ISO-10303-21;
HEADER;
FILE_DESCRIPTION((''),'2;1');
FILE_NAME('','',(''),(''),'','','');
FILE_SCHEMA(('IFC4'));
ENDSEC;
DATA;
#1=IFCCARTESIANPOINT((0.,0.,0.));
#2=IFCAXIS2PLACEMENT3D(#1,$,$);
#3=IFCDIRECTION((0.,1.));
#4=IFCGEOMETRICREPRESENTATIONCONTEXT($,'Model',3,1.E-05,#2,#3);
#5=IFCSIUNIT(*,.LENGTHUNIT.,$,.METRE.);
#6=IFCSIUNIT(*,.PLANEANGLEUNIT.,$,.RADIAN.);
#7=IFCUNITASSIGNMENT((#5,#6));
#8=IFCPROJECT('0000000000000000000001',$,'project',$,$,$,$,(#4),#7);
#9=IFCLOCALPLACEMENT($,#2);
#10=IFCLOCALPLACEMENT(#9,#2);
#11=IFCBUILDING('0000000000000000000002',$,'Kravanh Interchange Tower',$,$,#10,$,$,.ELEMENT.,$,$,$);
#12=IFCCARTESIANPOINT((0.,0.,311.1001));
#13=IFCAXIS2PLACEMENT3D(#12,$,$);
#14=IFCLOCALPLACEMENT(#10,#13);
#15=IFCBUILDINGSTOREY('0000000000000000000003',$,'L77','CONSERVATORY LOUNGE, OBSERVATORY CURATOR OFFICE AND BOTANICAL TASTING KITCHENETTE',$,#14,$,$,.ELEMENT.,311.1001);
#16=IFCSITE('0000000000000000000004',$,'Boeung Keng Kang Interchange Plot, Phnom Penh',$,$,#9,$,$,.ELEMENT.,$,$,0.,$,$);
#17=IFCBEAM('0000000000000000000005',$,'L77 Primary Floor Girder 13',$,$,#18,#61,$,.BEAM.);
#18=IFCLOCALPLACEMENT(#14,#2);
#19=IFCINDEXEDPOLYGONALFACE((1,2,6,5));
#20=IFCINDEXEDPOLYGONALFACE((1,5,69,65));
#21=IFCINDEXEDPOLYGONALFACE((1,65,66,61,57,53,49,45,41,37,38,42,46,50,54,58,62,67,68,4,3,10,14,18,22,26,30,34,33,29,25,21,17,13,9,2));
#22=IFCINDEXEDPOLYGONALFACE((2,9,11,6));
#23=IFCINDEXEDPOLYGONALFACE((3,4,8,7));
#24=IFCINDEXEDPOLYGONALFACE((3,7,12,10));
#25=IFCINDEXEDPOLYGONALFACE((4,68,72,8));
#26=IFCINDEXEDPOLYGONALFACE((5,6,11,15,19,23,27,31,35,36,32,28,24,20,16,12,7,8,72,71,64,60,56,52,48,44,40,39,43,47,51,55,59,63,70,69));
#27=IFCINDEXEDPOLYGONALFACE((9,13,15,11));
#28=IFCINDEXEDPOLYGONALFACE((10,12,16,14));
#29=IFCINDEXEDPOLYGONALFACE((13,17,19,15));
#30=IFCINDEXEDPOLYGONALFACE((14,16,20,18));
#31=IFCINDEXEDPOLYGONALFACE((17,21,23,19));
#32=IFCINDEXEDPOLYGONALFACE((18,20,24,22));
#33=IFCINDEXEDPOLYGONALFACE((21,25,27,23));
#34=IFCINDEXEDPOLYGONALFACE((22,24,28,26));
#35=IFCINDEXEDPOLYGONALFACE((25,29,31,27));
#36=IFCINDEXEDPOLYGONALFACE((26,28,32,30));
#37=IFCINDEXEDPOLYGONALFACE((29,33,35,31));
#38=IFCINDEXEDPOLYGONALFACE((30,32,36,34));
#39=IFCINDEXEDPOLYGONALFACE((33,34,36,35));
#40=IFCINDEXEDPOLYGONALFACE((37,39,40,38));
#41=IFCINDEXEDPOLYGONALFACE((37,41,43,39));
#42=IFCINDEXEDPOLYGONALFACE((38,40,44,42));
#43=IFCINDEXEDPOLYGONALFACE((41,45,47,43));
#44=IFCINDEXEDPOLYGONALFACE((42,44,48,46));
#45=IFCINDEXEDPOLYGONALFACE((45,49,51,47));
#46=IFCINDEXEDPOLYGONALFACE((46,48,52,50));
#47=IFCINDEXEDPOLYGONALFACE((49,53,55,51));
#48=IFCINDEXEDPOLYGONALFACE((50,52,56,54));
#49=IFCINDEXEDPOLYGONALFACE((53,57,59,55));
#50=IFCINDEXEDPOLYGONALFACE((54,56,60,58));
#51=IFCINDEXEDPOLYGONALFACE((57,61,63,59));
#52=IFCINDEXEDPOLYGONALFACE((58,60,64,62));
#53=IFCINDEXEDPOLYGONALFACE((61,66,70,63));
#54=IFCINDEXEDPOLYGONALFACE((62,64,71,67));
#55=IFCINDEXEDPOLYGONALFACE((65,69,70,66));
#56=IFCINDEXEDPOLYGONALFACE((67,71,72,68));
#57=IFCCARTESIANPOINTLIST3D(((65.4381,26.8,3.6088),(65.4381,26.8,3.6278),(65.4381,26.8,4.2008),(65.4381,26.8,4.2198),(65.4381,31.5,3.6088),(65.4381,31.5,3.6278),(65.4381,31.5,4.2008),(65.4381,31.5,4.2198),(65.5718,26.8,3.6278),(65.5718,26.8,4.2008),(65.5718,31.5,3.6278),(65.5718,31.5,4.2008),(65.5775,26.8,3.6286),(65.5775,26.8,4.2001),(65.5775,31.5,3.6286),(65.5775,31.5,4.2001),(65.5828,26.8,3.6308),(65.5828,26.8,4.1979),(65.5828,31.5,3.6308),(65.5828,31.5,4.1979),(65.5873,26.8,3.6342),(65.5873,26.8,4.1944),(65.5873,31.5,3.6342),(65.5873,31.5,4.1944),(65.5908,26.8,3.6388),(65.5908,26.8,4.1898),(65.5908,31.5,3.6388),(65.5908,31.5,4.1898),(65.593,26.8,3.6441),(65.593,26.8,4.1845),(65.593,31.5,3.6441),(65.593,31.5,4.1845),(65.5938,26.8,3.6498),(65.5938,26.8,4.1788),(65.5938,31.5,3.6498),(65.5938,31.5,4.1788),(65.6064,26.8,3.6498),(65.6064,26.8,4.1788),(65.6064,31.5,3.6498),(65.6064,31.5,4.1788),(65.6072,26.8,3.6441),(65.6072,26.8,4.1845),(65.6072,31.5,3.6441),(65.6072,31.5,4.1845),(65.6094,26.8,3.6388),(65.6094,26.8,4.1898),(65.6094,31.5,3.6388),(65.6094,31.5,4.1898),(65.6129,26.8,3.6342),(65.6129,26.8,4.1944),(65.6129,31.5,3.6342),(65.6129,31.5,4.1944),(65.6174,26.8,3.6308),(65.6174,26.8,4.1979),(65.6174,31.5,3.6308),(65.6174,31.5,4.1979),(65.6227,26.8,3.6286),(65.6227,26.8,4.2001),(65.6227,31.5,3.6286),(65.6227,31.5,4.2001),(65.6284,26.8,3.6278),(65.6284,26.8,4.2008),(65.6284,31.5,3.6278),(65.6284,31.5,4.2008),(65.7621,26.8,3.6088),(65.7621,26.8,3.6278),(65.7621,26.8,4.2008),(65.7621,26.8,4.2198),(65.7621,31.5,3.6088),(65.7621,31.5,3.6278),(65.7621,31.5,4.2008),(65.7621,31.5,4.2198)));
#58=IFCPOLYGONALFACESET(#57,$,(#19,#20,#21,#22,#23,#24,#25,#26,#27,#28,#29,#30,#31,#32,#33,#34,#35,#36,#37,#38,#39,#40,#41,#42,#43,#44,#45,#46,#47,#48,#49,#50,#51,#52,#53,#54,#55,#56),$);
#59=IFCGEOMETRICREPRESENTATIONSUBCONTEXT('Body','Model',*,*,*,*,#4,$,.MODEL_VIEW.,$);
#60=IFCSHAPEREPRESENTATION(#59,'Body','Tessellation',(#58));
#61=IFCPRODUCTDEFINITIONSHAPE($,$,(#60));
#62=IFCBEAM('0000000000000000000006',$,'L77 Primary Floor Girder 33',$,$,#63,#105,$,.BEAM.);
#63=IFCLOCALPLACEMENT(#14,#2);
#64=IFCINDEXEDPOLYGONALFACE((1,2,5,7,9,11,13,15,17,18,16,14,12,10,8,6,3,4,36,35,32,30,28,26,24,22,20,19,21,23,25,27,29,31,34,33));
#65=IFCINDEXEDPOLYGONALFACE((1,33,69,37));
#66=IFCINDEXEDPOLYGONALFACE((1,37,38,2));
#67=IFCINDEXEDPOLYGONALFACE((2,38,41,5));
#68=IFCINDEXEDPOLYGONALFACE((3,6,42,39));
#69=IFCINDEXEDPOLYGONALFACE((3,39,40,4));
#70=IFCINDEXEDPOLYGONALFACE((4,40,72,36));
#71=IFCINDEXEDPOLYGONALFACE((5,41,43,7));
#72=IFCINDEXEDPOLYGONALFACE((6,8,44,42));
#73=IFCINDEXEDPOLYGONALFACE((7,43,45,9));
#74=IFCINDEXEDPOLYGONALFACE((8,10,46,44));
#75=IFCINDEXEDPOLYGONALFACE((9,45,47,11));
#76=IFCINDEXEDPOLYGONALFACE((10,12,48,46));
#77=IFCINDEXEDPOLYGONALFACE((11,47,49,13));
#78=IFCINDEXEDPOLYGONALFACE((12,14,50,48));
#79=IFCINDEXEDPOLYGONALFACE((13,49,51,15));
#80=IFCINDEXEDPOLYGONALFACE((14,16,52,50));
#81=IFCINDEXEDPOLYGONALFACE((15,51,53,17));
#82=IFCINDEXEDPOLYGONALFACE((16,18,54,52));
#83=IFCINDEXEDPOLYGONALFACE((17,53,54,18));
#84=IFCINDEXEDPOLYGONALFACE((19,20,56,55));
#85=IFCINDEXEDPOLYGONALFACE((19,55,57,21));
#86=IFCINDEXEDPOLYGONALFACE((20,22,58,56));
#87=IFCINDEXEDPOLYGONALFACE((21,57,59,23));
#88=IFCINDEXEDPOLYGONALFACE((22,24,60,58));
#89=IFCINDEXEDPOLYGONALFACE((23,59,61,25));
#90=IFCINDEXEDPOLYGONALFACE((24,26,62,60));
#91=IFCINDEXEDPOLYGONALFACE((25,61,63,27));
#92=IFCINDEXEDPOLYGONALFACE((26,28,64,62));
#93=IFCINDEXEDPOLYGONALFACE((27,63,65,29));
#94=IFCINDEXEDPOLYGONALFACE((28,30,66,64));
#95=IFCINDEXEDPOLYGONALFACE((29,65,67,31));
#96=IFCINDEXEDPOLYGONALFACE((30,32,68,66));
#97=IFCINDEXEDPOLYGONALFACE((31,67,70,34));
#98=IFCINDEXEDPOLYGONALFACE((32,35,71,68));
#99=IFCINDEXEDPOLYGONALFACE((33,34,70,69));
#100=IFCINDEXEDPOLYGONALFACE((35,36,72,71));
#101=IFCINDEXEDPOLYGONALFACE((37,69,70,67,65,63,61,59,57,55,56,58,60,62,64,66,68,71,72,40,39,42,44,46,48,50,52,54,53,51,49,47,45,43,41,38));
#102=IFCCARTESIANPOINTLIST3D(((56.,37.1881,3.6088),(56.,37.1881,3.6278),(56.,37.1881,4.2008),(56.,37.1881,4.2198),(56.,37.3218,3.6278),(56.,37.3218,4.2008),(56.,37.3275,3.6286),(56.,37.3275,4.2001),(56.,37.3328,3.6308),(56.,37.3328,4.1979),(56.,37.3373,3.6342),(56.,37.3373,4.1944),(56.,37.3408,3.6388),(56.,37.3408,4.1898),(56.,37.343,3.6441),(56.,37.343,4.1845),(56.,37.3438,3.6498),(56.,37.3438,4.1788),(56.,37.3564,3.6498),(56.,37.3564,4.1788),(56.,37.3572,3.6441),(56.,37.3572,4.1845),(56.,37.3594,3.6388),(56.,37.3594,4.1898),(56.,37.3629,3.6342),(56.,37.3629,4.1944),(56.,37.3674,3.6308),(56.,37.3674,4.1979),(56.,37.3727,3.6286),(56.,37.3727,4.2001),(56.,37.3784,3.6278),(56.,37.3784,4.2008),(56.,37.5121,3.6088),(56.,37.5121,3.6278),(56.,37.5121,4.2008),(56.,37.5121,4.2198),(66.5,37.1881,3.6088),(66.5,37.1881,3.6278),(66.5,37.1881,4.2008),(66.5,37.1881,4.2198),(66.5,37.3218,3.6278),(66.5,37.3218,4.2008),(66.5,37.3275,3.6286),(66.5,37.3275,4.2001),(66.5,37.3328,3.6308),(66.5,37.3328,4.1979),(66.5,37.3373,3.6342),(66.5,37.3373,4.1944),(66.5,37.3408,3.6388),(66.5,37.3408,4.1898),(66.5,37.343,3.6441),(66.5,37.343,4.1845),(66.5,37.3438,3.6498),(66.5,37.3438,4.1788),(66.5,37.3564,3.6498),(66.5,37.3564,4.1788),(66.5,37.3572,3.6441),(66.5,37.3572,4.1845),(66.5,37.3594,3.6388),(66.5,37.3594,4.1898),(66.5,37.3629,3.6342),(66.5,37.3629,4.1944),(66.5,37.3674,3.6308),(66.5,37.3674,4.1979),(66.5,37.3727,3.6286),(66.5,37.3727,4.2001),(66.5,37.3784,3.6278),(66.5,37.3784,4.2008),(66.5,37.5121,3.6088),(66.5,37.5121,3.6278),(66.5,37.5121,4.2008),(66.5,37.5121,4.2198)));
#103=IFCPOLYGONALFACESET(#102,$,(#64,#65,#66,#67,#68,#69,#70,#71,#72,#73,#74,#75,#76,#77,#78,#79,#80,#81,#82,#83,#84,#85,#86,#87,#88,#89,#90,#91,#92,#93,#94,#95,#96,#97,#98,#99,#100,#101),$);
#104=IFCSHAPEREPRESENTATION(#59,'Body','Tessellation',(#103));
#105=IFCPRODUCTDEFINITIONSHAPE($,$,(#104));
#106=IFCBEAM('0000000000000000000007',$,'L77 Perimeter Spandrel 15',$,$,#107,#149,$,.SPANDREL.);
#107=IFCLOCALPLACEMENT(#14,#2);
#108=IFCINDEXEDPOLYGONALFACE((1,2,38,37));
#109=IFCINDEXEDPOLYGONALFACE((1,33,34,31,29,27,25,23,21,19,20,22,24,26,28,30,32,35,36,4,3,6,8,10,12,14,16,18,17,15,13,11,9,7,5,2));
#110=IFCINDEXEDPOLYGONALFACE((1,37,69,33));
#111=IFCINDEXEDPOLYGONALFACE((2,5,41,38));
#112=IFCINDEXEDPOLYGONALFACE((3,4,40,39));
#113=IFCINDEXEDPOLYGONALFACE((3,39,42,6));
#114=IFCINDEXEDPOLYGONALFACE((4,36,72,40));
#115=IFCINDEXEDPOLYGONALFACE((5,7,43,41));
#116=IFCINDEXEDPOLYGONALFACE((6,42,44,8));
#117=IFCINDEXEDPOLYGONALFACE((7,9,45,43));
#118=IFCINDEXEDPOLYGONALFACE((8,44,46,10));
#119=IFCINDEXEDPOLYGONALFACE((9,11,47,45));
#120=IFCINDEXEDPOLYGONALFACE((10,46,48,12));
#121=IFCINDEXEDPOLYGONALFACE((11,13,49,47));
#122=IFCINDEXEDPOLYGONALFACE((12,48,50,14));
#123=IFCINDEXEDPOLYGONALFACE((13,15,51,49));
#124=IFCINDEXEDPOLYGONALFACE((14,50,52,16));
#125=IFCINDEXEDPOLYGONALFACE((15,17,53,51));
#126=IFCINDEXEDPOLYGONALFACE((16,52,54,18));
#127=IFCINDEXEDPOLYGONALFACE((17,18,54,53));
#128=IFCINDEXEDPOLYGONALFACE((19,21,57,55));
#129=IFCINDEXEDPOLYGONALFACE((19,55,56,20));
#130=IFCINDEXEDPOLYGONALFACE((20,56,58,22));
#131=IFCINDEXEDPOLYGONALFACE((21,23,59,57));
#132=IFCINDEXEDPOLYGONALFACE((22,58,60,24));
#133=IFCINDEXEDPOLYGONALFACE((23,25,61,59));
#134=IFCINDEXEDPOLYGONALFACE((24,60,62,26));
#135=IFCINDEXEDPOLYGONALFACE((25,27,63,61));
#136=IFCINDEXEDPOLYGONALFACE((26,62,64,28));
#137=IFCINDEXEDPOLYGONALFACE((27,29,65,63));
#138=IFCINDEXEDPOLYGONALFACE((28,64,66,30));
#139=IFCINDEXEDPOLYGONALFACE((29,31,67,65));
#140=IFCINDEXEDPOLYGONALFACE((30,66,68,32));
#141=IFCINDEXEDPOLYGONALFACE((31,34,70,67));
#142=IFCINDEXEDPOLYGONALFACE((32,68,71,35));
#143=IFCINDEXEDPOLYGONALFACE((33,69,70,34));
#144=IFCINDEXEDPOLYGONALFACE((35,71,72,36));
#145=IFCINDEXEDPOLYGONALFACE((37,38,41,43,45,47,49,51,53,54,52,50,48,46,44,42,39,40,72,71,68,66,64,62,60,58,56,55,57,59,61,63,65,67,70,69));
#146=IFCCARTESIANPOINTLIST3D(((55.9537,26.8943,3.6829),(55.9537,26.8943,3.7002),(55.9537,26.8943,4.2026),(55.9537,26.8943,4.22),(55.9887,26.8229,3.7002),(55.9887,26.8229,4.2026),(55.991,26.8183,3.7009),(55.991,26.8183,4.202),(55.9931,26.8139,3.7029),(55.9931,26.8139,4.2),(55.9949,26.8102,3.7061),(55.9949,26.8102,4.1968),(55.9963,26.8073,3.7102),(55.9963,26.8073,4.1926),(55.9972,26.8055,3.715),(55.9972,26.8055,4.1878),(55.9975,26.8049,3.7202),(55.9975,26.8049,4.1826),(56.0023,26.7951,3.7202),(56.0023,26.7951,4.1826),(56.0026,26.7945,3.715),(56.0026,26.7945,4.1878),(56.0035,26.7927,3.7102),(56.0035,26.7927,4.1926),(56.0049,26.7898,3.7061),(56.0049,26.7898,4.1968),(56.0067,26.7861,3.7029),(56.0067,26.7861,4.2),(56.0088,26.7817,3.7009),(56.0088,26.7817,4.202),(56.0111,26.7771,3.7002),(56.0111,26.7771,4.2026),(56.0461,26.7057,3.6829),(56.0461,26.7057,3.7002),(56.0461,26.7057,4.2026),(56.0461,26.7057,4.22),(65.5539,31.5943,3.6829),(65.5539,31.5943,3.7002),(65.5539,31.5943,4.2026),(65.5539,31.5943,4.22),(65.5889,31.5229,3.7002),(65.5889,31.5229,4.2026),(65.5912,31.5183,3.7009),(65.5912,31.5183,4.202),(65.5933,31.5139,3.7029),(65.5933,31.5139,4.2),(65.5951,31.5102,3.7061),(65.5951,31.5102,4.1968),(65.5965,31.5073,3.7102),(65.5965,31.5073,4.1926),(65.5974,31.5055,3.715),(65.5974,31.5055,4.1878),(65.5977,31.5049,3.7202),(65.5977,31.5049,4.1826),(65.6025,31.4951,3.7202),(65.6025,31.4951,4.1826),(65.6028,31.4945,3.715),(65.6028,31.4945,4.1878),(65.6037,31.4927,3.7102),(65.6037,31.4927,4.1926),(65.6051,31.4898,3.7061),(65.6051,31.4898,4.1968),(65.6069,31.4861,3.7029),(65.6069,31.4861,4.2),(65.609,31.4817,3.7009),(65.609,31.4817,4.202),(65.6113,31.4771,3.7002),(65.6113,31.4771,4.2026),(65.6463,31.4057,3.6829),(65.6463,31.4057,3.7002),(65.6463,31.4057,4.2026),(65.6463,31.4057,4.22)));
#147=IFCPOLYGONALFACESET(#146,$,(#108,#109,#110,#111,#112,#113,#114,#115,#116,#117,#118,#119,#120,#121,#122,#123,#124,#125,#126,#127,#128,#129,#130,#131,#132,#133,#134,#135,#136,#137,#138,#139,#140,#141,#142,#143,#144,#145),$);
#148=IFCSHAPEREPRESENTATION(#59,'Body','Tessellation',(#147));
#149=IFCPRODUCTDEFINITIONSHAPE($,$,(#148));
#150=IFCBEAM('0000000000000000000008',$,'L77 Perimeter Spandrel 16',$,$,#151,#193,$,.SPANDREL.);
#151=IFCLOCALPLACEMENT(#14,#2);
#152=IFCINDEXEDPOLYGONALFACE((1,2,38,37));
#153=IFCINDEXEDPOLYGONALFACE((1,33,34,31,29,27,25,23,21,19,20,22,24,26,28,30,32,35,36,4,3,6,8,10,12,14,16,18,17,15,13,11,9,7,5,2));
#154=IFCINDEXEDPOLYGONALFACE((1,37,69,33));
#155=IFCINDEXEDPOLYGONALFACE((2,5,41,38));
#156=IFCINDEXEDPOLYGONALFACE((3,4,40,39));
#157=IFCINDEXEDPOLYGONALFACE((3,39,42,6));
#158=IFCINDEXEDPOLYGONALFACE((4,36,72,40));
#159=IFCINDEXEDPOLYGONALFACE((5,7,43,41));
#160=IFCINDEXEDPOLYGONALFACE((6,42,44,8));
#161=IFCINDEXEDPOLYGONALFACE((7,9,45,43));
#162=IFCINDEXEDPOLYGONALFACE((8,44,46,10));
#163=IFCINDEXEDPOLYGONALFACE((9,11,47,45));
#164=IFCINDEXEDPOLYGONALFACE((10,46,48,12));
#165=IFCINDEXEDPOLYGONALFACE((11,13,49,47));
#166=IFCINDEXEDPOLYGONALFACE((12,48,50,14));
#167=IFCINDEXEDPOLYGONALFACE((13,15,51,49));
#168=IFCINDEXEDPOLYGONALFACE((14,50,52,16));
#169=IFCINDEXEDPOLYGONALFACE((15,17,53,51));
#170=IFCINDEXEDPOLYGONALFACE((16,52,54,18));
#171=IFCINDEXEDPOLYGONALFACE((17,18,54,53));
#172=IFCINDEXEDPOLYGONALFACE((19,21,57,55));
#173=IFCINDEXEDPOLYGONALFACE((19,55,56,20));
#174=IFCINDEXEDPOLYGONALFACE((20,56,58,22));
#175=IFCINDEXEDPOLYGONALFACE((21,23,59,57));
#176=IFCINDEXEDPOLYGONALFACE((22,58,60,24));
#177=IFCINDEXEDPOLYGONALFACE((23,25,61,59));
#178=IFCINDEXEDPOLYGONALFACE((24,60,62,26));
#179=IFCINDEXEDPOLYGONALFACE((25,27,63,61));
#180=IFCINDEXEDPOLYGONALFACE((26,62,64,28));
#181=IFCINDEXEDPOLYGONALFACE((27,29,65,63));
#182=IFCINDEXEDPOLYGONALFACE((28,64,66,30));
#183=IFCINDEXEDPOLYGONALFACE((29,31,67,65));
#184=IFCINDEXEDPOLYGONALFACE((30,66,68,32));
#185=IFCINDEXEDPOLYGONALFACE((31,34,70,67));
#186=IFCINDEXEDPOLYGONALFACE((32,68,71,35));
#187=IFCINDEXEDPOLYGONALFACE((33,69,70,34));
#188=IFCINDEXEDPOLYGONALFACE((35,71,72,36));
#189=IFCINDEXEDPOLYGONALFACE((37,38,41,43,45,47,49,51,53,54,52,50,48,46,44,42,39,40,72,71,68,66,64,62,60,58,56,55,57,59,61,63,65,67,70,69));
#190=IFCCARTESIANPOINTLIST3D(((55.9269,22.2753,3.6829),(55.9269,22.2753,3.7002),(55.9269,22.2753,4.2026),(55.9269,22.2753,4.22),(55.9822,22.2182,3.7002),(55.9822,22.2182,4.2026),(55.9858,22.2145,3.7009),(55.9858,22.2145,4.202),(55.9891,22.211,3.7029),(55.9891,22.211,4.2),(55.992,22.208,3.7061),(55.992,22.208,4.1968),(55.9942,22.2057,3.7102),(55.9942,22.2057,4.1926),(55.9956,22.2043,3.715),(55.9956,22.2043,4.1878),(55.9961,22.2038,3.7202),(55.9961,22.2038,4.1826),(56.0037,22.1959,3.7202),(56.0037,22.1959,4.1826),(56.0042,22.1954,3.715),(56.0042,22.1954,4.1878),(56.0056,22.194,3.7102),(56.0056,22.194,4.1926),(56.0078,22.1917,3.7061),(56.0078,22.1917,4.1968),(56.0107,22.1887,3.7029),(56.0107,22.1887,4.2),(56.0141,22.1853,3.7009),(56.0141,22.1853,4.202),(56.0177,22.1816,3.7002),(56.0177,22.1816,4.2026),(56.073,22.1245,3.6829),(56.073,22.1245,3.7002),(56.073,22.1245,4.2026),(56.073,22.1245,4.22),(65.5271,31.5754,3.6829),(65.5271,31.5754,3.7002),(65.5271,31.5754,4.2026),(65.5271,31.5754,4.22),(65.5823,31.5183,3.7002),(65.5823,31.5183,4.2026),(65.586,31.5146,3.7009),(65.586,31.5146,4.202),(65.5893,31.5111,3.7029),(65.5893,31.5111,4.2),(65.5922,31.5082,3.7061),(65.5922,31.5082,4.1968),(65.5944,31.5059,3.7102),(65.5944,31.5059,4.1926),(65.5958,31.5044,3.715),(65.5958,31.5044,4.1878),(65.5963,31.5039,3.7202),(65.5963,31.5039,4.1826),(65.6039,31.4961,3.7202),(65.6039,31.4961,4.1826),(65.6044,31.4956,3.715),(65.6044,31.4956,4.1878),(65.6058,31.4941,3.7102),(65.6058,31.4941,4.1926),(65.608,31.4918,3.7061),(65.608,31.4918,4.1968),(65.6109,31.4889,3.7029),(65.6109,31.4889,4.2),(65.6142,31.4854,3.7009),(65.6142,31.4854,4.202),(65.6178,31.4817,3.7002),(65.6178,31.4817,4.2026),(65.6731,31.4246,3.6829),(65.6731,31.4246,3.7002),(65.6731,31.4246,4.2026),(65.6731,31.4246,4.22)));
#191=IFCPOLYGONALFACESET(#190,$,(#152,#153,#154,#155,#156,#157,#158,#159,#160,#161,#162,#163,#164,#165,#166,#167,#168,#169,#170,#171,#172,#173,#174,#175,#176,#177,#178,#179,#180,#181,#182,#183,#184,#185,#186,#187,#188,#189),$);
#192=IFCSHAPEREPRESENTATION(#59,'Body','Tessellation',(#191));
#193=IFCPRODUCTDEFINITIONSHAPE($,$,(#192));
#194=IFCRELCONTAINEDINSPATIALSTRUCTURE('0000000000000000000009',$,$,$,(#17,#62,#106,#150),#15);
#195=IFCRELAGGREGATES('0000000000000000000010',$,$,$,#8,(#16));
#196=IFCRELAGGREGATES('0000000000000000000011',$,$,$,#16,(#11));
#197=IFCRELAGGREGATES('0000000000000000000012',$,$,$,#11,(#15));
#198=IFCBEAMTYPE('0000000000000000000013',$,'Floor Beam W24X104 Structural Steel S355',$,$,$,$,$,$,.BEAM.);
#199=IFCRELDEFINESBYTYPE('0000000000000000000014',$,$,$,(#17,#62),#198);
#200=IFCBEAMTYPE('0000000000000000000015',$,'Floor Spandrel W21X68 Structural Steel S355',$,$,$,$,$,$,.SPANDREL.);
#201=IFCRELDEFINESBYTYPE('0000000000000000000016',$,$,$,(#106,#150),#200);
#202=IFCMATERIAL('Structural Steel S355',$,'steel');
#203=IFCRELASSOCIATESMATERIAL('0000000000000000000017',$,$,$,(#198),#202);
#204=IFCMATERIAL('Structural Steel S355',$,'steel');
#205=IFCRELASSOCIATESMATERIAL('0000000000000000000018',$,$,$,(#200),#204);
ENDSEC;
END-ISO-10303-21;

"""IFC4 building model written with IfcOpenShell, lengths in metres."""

from ifc_helpers import new_model, si_unit, direction, frame, origin, origin_2d, place, context, subcontext, project, spatial, i_section, extrude, material, material_profile, profile_set, type_object, element, save


model = new_model("IFC4")

# Units and contexts
model_context = context("Model", 3, precision=1e-05, world=origin(), true_north=direction((0.0, 1.0)))
body_context = subcontext(model_context, "Body", "Model", "MODEL_VIEW")
ifc_project = project(units=[si_unit("LENGTHUNIT", "METRE"), si_unit("PLANEANGLEUNIT", "RADIAN")], contexts=[model_context])

# Site, building, storey
site_placement = place(None, origin())
site = spatial("IfcSite", under=ifc_project, at=site_placement, Name="Boeung Keng Kang Interchange Plot, Phnom Penh", CompositionType="ELEMENT", RefElevation=0.0)
building_placement = place(site_placement, origin())
building = spatial("IfcBuilding", under=site, at=building_placement, Name="Kravanh Interchange Tower", CompositionType="ELEMENT")
storey_placement = place(building_placement, frame((0.0, 0.0, 311.1001)))
storey = spatial("IfcBuildingStorey", under=building, at=storey_placement, Name="L77", Description="CONSERVATORY LOUNGE, OBSERVATORY CURATOR OFFICE AND BOTANICAL TASTING KITCHENETTE", CompositionType="ELEMENT", Elevation=311.1001)

# Beams
ifc_material_1 = material(Name="Structural Steel S355", Category="steel")
ifc_material_profile_1 = material_profile(ifc_material_1, i_section(OverallWidth=0.324, OverallDepth=0.6111, WebThickness=0.0127, FlangeThickness=0.019, FilletRadius=0.022, at=origin_2d()), Name="W24X104")
ifc_profile_set_1 = profile_set([ifc_material_profile_1], Name="Structural Steel S355")
beam_type_1 = type_object("IfcBeamType", Name="Floor Beam W24X104 Structural Steel S355", PredefinedType="BEAM", material=ifc_profile_set_1)
beam_1_placement = place(storey_placement, frame((65.6001, 31.5, 3.9143), z_axis=(0.0, -1.0, 0.0), x_axis=(1.0, 0.0, 0.0)))
element("IfcBeam", 1, at=beam_1_placement, inside=storey, type_object=beam_type_1, Name="L77 Primary Floor Girder 13", PredefinedType="BEAM", context=body_context, shape_type="SweptSolid", body=[
    extrude(i_section(OverallWidth=0.324, OverallDepth=0.6111, WebThickness=0.0127, FlangeThickness=0.019, FilletRadius=0.022, at=origin_2d()), origin(), (0.0, 0.0, 1.0), 4.7),
])
beam_2_placement = place(storey_placement, frame((66.5, 37.3501, 3.9143), z_axis=(-1.0, 0.0, 0.0), x_axis=(0.0, -1.0, 0.0)))
element("IfcBeam", 2, at=beam_2_placement, inside=storey, type_object=beam_type_1, Name="L77 Primary Floor Girder 33", PredefinedType="BEAM", context=body_context, shape_type="SweptSolid", body=[
    extrude(i_section(OverallWidth=0.324, OverallDepth=0.6111, WebThickness=0.0127, FlangeThickness=0.019, FilletRadius=0.022, at=origin_2d()), origin(), (0.0, 0.0, 1.0), 10.5),
])
ifc_material_2 = material(Name="Structural Steel S355", Category="steel")
ifc_material_profile_2 = material_profile(ifc_material_2, i_section(OverallWidth=0.21, OverallDepth=0.5371, WebThickness=0.011, FlangeThickness=0.0173, FilletRadius=0.02, at=origin_2d()), Name="W21X68")
ifc_profile_set_2 = profile_set([ifc_material_profile_2], Name="Structural Steel S355")
beam_type_2 = type_object("IfcBeamType", Name="Floor Spandrel W21X68 Structural Steel S355", PredefinedType="SPANDREL", material=ifc_profile_set_2)
beam_3_placement = place(storey_placement, frame((65.6001, 31.5, 3.9514), z_axis=(-0.898142, -0.439706, 0.0), x_axis=(0.439706, -0.898142, 0.0)))
element("IfcBeam", 3, at=beam_3_placement, inside=storey, type_object=beam_type_2, Name="L77 Perimeter Spandrel 15", PredefinedType="SPANDREL", context=body_context, shape_type="SweptSolid", body=[
    extrude(i_section(OverallWidth=0.21, OverallDepth=0.5371, WebThickness=0.011, FlangeThickness=0.0173, FilletRadius=0.02, at=origin_2d()), origin(), (0.0, 0.0, 1.0), 10.689),
])
beam_4_placement = place(storey_placement, frame((65.6001, 31.5, 3.9514), z_axis=(-0.718242, -0.695793, 0.0), x_axis=(0.695793, -0.718242, 0.0)))
element("IfcBeam", 4, at=beam_4_placement, inside=storey, type_object=beam_type_2, Name="L77 Perimeter Spandrel 16", PredefinedType="SPANDREL", context=body_context, shape_type="SweptSolid", body=[
    extrude(i_section(OverallWidth=0.21, OverallDepth=0.5371, WebThickness=0.011, FlangeThickness=0.0173, FilletRadius=0.02, at=origin_2d()), origin(), (0.0, 0.0, 1.0), 13.3662),
])

save(model, "model.ifc")
